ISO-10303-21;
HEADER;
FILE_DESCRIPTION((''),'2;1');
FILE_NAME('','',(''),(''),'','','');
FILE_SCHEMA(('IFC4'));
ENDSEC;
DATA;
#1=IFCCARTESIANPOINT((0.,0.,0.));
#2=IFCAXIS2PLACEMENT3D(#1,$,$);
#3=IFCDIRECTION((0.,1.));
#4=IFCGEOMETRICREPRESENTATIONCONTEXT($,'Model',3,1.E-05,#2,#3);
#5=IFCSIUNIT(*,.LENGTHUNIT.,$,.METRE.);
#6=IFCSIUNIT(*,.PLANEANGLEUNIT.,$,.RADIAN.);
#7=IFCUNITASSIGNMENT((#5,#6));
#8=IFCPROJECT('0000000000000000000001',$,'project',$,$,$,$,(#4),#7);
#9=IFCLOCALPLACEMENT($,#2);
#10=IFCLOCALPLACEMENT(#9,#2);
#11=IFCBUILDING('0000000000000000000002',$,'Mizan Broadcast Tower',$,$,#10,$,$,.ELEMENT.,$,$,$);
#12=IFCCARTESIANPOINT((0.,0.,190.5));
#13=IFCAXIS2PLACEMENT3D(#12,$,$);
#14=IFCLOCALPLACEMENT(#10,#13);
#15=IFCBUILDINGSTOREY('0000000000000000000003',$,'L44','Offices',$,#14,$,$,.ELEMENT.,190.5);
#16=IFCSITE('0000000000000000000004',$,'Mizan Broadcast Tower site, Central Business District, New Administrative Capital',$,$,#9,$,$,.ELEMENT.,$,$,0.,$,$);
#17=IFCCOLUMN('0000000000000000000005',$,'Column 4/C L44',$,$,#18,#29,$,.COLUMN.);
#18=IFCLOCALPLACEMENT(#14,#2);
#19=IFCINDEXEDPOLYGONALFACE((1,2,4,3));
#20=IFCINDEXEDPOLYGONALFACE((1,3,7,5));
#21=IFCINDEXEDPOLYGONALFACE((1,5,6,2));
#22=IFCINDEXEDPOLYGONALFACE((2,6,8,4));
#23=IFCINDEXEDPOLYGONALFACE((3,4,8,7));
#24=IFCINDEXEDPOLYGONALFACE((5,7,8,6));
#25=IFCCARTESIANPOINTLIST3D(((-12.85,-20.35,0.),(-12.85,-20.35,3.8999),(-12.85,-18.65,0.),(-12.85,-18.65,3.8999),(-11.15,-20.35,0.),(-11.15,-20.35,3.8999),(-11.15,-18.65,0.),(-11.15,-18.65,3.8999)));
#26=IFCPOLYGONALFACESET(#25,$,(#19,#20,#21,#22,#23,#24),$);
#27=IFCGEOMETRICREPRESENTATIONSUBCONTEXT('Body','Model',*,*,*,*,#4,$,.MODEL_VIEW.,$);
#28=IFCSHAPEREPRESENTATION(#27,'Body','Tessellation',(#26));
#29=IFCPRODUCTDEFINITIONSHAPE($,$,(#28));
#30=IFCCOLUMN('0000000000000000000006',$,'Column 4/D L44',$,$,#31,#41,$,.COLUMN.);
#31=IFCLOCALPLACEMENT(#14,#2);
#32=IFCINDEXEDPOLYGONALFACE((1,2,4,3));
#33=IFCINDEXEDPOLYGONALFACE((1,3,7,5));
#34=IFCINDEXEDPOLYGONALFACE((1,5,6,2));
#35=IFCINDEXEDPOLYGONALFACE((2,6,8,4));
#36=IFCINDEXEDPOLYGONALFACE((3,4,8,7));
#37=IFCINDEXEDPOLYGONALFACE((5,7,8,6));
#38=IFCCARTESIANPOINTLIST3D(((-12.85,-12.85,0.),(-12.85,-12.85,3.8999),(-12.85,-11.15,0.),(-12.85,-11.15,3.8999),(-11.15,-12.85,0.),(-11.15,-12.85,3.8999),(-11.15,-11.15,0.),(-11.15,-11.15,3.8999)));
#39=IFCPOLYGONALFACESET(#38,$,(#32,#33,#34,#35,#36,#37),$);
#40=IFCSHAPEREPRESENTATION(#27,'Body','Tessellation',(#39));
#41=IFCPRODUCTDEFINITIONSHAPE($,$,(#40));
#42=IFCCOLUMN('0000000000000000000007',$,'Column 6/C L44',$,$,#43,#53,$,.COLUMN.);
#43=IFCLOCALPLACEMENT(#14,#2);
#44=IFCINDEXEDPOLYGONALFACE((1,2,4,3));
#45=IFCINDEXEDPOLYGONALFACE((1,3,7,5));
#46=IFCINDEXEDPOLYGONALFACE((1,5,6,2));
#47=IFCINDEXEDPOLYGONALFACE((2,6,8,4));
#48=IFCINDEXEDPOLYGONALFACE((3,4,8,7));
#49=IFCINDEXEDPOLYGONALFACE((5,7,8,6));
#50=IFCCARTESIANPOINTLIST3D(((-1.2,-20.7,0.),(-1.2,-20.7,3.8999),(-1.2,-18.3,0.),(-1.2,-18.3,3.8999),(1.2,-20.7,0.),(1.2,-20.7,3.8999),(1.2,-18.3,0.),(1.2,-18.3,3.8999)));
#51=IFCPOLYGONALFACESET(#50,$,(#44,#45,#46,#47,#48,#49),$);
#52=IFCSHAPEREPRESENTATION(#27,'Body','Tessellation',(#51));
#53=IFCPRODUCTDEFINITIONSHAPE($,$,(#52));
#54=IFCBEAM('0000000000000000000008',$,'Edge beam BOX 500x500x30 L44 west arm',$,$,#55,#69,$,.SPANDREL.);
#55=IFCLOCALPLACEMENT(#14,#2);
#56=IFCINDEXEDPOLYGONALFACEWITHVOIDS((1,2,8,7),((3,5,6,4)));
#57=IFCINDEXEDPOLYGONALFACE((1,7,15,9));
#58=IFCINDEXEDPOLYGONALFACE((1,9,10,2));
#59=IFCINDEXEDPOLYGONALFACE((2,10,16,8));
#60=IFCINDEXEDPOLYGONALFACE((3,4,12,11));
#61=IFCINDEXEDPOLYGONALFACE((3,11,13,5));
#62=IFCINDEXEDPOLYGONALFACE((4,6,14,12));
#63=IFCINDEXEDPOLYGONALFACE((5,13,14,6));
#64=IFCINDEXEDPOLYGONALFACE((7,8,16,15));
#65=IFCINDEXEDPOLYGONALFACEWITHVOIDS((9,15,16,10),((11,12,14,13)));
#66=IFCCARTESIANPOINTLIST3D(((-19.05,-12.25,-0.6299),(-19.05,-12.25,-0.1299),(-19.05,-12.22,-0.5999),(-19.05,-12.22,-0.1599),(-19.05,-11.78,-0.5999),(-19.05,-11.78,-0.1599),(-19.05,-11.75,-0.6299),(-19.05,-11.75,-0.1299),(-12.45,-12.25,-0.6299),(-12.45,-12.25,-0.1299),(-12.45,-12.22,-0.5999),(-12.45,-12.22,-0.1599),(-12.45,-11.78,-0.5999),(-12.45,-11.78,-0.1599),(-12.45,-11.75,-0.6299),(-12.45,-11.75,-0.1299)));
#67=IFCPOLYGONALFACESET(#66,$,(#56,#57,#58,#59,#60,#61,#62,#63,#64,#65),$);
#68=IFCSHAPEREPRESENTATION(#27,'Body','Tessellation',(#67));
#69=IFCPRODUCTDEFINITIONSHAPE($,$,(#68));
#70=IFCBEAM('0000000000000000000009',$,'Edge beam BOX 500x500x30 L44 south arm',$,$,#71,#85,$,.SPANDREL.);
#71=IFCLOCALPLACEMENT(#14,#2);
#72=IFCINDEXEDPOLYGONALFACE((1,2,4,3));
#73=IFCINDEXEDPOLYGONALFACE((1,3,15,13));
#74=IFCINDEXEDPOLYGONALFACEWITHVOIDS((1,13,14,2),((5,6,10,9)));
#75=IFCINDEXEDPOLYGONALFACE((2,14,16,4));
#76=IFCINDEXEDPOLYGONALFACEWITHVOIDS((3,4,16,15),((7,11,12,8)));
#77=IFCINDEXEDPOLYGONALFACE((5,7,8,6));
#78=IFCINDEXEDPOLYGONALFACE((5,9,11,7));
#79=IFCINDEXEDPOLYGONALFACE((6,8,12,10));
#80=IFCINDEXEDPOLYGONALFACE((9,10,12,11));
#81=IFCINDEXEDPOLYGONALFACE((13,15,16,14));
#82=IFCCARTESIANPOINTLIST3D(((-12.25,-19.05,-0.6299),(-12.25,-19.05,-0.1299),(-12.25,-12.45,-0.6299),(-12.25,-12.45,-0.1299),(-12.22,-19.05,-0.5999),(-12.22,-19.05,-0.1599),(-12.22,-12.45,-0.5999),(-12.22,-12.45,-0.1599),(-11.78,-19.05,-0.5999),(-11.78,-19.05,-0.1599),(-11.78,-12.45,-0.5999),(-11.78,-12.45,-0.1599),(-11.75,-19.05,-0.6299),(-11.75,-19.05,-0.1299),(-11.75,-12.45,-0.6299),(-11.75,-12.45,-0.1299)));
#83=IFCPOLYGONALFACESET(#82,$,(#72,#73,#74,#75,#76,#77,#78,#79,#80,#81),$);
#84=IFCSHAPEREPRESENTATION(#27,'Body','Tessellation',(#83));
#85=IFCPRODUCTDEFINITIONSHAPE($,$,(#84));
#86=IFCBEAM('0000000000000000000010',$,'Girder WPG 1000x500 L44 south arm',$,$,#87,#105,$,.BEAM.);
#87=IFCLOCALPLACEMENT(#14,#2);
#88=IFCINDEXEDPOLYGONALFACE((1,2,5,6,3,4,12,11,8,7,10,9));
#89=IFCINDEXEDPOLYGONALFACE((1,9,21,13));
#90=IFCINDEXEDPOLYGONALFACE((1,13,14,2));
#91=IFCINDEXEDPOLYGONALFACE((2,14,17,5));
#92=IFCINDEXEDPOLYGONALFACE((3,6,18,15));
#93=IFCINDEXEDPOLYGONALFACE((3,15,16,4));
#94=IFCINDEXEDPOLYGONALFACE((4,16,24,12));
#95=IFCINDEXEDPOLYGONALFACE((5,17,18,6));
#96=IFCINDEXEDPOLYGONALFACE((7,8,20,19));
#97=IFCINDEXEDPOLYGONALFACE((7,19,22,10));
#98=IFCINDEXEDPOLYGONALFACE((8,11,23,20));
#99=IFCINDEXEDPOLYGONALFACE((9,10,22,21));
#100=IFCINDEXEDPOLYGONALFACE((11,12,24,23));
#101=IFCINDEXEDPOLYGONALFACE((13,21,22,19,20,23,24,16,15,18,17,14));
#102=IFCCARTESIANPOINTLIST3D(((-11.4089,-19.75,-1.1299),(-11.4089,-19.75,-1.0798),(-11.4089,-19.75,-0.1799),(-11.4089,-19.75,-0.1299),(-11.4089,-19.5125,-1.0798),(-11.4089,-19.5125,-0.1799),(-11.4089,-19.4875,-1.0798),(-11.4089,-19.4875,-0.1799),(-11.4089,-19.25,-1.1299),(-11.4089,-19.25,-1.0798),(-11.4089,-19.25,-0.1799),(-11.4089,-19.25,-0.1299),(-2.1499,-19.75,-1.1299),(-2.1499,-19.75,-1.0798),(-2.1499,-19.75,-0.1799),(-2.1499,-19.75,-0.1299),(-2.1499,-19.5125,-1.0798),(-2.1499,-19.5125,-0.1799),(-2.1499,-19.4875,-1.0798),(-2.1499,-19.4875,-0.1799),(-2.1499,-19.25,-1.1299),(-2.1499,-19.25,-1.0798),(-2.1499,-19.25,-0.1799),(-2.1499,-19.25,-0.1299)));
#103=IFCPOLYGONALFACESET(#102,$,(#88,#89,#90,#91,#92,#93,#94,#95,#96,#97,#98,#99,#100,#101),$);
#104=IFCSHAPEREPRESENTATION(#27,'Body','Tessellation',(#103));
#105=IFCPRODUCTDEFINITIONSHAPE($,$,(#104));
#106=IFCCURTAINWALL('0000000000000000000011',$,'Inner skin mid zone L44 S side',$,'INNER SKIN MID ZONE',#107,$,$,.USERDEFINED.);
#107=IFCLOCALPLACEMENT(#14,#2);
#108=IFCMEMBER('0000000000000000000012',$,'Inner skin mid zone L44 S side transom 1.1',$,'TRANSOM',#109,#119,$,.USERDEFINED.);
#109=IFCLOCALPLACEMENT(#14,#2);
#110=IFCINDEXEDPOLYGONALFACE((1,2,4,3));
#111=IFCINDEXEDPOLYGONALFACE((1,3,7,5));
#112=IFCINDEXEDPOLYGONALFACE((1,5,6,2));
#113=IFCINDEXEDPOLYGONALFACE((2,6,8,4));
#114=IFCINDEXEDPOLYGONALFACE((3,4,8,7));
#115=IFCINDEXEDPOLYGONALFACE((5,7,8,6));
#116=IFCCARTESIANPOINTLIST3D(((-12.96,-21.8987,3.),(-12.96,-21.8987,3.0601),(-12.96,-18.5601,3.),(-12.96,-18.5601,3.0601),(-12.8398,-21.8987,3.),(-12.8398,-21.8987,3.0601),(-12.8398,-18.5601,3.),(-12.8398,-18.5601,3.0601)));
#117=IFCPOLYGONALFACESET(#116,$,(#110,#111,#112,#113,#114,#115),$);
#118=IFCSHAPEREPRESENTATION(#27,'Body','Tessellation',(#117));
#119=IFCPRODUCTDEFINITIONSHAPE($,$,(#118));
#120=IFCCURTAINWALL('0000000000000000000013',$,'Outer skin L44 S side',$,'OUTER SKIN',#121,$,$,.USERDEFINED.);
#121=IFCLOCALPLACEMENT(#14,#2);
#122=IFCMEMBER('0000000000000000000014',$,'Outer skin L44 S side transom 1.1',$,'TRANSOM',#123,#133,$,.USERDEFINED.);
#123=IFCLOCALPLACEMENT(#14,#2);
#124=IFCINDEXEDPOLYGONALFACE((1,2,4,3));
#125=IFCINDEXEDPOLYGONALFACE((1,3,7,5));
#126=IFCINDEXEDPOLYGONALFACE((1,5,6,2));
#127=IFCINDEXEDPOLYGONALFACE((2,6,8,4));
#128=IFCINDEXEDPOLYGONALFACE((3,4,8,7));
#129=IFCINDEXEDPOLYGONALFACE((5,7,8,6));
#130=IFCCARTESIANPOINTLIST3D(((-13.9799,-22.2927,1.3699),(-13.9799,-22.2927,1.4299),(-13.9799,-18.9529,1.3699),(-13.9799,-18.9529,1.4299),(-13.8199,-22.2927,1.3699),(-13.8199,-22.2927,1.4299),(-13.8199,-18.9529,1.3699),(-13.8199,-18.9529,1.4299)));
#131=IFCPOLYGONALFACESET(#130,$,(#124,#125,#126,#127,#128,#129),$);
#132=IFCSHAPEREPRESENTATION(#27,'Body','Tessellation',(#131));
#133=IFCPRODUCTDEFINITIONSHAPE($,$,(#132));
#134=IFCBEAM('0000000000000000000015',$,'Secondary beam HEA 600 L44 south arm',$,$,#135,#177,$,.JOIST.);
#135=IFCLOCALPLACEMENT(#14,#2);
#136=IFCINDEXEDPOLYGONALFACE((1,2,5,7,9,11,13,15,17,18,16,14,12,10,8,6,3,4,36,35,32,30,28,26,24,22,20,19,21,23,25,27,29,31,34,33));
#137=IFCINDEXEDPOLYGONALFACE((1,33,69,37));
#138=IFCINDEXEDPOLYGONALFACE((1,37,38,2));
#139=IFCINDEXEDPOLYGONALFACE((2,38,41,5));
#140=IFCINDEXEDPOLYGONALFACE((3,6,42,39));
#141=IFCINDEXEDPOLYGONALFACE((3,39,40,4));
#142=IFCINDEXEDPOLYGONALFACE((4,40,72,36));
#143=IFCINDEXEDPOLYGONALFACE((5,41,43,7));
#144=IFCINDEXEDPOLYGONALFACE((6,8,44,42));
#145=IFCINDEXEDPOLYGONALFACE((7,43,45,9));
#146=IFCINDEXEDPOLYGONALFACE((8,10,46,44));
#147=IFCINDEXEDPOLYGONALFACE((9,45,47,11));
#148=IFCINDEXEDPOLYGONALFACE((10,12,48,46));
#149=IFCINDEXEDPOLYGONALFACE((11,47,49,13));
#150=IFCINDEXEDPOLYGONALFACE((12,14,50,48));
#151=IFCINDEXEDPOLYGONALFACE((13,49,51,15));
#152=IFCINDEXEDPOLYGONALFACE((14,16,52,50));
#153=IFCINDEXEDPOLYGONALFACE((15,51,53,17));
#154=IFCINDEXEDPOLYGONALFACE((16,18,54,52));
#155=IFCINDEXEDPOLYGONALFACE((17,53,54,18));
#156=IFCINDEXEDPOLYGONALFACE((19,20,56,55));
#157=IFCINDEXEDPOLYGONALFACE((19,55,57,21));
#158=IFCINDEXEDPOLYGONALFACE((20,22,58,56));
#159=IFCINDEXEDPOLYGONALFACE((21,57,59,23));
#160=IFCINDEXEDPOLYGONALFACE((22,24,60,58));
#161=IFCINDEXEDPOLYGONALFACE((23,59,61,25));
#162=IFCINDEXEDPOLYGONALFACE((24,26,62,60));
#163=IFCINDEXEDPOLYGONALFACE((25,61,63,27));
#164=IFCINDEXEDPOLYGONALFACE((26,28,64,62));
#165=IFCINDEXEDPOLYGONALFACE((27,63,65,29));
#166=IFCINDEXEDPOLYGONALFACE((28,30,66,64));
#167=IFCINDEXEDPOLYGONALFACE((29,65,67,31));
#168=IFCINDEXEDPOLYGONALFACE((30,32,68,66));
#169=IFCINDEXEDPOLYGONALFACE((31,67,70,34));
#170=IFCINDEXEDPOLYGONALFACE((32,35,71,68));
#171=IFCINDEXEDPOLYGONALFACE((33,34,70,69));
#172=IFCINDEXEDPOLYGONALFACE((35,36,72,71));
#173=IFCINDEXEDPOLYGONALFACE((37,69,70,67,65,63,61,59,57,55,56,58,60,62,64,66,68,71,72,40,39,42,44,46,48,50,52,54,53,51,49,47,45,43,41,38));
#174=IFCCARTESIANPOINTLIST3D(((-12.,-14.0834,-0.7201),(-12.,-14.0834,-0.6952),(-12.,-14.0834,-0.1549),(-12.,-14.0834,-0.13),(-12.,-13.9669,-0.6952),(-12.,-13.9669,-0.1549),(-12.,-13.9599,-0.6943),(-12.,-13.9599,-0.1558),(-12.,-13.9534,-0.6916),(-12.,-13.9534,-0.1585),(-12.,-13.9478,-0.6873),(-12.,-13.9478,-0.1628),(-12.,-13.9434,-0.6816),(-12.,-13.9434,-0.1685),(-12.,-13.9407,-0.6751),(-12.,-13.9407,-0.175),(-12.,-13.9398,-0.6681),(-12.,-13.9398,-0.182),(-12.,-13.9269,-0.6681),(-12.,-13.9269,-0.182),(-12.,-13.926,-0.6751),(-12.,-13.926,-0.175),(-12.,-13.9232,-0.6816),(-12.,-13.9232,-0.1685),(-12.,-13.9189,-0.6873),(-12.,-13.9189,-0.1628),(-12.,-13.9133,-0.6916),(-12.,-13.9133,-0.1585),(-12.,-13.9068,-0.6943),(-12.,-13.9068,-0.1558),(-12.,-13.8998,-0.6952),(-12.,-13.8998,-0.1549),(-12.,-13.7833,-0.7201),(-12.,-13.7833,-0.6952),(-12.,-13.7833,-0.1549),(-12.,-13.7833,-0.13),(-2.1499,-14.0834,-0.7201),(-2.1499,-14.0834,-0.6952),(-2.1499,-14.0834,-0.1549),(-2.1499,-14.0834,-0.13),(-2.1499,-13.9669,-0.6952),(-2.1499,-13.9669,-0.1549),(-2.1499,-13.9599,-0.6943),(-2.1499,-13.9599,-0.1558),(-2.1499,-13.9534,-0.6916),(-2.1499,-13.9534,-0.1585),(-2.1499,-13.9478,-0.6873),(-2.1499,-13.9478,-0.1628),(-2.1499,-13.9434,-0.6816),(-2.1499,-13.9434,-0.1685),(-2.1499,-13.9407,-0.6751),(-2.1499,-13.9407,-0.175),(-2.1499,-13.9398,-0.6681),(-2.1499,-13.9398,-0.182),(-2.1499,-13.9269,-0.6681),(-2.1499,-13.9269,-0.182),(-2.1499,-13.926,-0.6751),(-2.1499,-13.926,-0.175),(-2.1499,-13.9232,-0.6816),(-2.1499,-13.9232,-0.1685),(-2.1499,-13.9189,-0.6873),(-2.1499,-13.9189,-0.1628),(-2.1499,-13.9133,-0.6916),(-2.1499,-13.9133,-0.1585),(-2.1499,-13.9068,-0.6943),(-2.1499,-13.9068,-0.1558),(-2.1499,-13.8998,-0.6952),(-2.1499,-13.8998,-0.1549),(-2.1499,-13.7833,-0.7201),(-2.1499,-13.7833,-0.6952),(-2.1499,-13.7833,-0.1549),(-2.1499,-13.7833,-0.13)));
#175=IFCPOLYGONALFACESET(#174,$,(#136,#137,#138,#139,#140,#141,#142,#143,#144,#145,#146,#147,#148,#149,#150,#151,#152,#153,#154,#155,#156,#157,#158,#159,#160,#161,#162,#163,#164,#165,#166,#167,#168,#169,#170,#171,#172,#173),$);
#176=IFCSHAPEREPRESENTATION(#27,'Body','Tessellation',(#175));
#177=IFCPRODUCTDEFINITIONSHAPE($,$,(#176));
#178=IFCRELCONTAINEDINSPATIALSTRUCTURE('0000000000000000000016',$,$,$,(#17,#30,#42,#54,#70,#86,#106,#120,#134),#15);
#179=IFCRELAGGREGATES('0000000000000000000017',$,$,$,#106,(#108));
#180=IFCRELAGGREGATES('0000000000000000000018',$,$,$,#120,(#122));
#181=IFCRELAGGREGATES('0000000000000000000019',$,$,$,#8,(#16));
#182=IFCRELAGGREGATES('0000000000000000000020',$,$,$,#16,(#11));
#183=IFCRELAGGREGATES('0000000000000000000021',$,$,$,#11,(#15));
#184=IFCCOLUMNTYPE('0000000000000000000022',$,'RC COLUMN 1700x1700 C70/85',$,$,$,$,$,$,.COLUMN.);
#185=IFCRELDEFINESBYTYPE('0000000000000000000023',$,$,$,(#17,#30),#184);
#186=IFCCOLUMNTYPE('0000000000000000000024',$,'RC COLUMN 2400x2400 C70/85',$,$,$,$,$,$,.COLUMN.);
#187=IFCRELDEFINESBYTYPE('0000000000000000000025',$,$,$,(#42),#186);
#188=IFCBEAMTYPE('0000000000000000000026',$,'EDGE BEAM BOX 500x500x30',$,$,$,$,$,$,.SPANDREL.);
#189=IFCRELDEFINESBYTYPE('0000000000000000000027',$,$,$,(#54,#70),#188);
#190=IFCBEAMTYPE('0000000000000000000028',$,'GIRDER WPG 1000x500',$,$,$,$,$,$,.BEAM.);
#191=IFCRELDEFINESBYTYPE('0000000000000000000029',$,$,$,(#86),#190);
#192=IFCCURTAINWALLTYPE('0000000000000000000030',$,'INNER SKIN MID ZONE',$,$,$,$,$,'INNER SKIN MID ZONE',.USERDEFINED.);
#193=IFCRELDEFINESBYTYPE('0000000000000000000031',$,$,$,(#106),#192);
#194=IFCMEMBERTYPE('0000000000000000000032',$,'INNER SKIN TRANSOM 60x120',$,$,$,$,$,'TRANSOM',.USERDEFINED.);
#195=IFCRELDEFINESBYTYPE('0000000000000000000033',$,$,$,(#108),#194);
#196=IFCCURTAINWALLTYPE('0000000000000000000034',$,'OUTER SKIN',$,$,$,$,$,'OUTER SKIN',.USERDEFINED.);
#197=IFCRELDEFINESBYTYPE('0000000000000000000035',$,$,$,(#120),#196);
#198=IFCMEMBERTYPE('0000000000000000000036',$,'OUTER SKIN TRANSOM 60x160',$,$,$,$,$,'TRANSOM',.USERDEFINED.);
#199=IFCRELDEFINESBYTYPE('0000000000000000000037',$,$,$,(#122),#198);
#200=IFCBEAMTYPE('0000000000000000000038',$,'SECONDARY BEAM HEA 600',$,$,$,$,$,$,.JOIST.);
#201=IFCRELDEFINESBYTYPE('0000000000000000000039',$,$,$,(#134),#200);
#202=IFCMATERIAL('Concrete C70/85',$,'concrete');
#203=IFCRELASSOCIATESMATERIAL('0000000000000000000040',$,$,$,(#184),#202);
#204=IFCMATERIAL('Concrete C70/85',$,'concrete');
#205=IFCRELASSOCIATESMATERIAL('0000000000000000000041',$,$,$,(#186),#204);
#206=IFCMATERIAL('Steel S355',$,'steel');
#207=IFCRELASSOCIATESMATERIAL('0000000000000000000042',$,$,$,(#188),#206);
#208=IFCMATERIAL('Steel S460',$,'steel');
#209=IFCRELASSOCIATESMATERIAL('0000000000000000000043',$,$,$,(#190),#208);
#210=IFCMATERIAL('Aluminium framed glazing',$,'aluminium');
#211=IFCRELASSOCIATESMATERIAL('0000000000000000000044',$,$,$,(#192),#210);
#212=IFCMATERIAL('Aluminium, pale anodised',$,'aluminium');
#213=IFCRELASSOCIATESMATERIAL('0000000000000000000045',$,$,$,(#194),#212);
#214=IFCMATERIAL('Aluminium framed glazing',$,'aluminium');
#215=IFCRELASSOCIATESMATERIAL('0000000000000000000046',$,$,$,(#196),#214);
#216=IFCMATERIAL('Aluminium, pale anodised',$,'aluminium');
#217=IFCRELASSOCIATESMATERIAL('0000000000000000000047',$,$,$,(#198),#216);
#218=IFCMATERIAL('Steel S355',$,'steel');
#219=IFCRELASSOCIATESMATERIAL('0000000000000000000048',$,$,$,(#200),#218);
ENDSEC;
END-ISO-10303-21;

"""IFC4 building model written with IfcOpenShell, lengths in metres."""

from ifc_helpers import new_model, si_unit, direction, frame, origin, origin_2d, place, context, subcontext, project, spatial, rectangle, hollow_rectangle, i_section, extrude, material, material_profile, profile_set, type_object, element, aggregate, save


model = new_model("IFC4")

# Units and contexts
model_context = context("Model", 3, precision=1e-05, world=origin(), true_north=direction((0.0, 1.0)))
body_context = subcontext(model_context, "Body", "Model", "MODEL_VIEW")
ifc_project = project(units=[si_unit("LENGTHUNIT", "METRE"), si_unit("PLANEANGLEUNIT", "RADIAN")], contexts=[model_context])

# Site, building, storey
site_placement = place(None, origin())
site = spatial("IfcSite", under=ifc_project, at=site_placement, Name="Mizan Broadcast Tower site, Central Business District, New Administrative Capital", CompositionType="ELEMENT", RefElevation=0.0)
building_placement = place(site_placement, origin())
building = spatial("IfcBuilding", under=site, at=building_placement, Name="Mizan Broadcast Tower", CompositionType="ELEMENT")
storey_placement = place(building_placement, frame((0.0, 0.0, 190.5)))
storey = spatial("IfcBuildingStorey", under=building, at=storey_placement, Name="L44", Description="Offices", CompositionType="ELEMENT", Elevation=190.5)

# Columns
ifc_material_1 = material(Name="Concrete C70/85", Category="concrete")
ifc_material_profile_1 = material_profile(ifc_material_1, rectangle(XDim=1.7, YDim=1.7, at=origin_2d()), Name="RC 1700x1700")
ifc_profile_set_1 = profile_set([ifc_material_profile_1], Name="Concrete C70/85")
column_type_1 = type_object("IfcColumnType", Name="RC COLUMN 1700x1700 C70/85", PredefinedType="COLUMN", material=ifc_profile_set_1)
for number, where, z_axis, x_axis, name in (
    (1, (-12.0, -19.5, 0.0), (0.0, 0.0, 1.0), (1.0, 0.0, 0.0), "Column 4/C L44"),
    (2, (-12.0, -12.0, 0.0), (0.0, 0.0, 1.0), (1.0, 0.0, 0.0), "Column 4/D L44"),
):
    element("IfcColumn", number, at=place(storey_placement, frame(where, z_axis=z_axis, x_axis=x_axis)), inside=storey, type_object=column_type_1, Name=name, PredefinedType="COLUMN", context=body_context, shape_type="SweptSolid", body=[
        extrude(rectangle(XDim=1.7, YDim=1.7, at=origin_2d()), origin(), (0.0, 0.0, 1.0), 3.8999),
    ])
ifc_material_2 = material(Name="Concrete C70/85", Category="concrete")
ifc_material_profile_2 = material_profile(ifc_material_2, rectangle(XDim=2.3999, YDim=2.3999, at=origin_2d()), Name="RC 2400x2400")
ifc_profile_set_2 = profile_set([ifc_material_profile_2], Name="Concrete C70/85")
column_type_2 = type_object("IfcColumnType", Name="RC COLUMN 2400x2400 C70/85", PredefinedType="COLUMN", material=ifc_profile_set_2)
column_placement = place(storey_placement, frame((0.0, -19.5, 0.0), z_axis=(0.0, 0.0, 1.0), x_axis=(1.0, 0.0, 0.0)))
element("IfcColumn", 3, at=column_placement, inside=storey, type_object=column_type_2, Name="Column 6/C L44", PredefinedType="COLUMN", context=body_context, shape_type="SweptSolid", body=[
    extrude(rectangle(XDim=2.3999, YDim=2.3999, at=origin_2d()), origin(), (0.0, 0.0, 1.0), 3.8999),
])

# Beams
ifc_material_3 = material(Name="Steel S355", Category="steel")
ifc_material_profile_3 = material_profile(ifc_material_3, hollow_rectangle(XDim=0.5, YDim=0.5, WallThickness=0.03, at=origin_2d()), Name="BOX 500x500x30")
ifc_profile_set_3 = profile_set([ifc_material_profile_3], Name="Steel S355")
beam_type_1 = type_object("IfcBeamType", Name="EDGE BEAM BOX 500x500x30", PredefinedType="SPANDREL", material=ifc_profile_set_3)
for number, where, z_axis, x_axis, name in (
    (4, (-12.45, -12.0, -0.3799), (-1.0, 0.0, 0.0), (0.0, -1.0, 0.0), "Edge beam BOX 500x500x30 L44 west arm"),
    (5, (-12.0, -12.45, -0.3799), (0.0, -1.0, 0.0), (1.0, 0.0, 0.0), "Edge beam BOX 500x500x30 L44 south arm"),
):
    element("IfcBeam", number, at=place(storey_placement, frame(where, z_axis=z_axis, x_axis=x_axis)), inside=storey, type_object=beam_type_1, Name=name, PredefinedType="SPANDREL", context=body_context, shape_type="SweptSolid", body=[
        extrude(hollow_rectangle(XDim=0.5, YDim=0.5, WallThickness=0.03, at=origin_2d()), origin(), (0.0, 0.0, 1.0), 6.6001),
    ])
ifc_material_4 = material(Name="Steel S460", Category="steel")
ifc_material_profile_4 = material_profile(ifc_material_4, i_section(OverallWidth=0.5, OverallDepth=1.0, WebThickness=0.0249, FlangeThickness=0.05, at=origin_2d()), Name="WPG 1000x500")
ifc_profile_set_4 = profile_set([ifc_material_profile_4], Name="Steel S460")
beam_type_2 = type_object("IfcBeamType", Name="GIRDER WPG 1000x500", PredefinedType="BEAM", material=ifc_profile_set_4)
beam_1_placement = place(storey_placement, frame((-11.4089, -19.5, -0.6299), z_axis=(1.0, 0.0, 0.0), x_axis=(0.0, 1.0, 0.0)))
element("IfcBeam", 6, at=beam_1_placement, inside=storey, type_object=beam_type_2, Name="Girder WPG 1000x500 L44 south arm", PredefinedType="BEAM", context=body_context, shape_type="SweptSolid", body=[
    extrude(i_section(OverallWidth=0.5, OverallDepth=1.0, WebThickness=0.0249, FlangeThickness=0.05, at=origin_2d()), origin(), (0.0, 0.0, 1.0), 9.259),
])

# Curtain walls, members
ifc_material_5 = material(Name="Aluminium framed glazing", Category="aluminium")
curtain_wall_type_1 = type_object("IfcCurtainWallType", Name="INNER SKIN MID ZONE", ElementType="INNER SKIN MID ZONE", PredefinedType="USERDEFINED", material=ifc_material_5)
curtain_wall_1_placement = place(storey_placement, origin())
curtain_wall_1 = element("IfcCurtainWall", 7, at=curtain_wall_1_placement, inside=storey, type_object=curtain_wall_type_1, Name="Inner skin mid zone L44 S side", ObjectType="INNER SKIN MID ZONE", PredefinedType="USERDEFINED")
ifc_material_6 = material(Name="Aluminium, pale anodised", Category="aluminium")
ifc_material_profile_5 = material_profile(ifc_material_6, rectangle(XDim=0.1201, YDim=0.0601, at=origin_2d()), Name="TRANSOM 120x60")
ifc_profile_set_5 = profile_set([ifc_material_profile_5], Name="Aluminium, pale anodised")
member_type_1 = type_object("IfcMemberType", Name="INNER SKIN TRANSOM 60x120", ElementType="TRANSOM", PredefinedType="USERDEFINED", material=ifc_profile_set_5)
member_1_placement = place(storey_placement, frame((-12.8999, -18.5601, 3.03), z_axis=(0.0, -1.0, 0.0), x_axis=(1.0, 0.0, 0.0)))
member_1 = element("IfcMember", 8, at=member_1_placement, type_object=member_type_1, Name="Inner skin mid zone L44 S side transom 1.1", ObjectType="TRANSOM", PredefinedType="USERDEFINED", context=body_context, shape_type="SweptSolid", body=[
    extrude(rectangle(XDim=0.1201, YDim=0.0601, at=origin_2d()), origin(), (0.0, 0.0, 1.0), 3.3386),
])
aggregate(curtain_wall_1, [member_1])
ifc_material_7 = material(Name="Aluminium framed glazing", Category="aluminium")
curtain_wall_type_2 = type_object("IfcCurtainWallType", Name="OUTER SKIN", ElementType="OUTER SKIN", PredefinedType="USERDEFINED", material=ifc_material_7)
curtain_wall_2_placement = place(storey_placement, origin())
curtain_wall_2 = element("IfcCurtainWall", 9, at=curtain_wall_2_placement, inside=storey, type_object=curtain_wall_type_2, Name="Outer skin L44 S side", ObjectType="OUTER SKIN", PredefinedType="USERDEFINED")
ifc_material_8 = material(Name="Aluminium, pale anodised", Category="aluminium")
ifc_material_profile_6 = material_profile(ifc_material_8, rectangle(XDim=0.1599, YDim=0.0601, at=origin_2d()), Name="TRANSOM 160x60")
ifc_profile_set_6 = profile_set([ifc_material_profile_6], Name="Aluminium, pale anodised")
member_type_2 = type_object("IfcMemberType", Name="OUTER SKIN TRANSOM 60x160", ElementType="TRANSOM", PredefinedType="USERDEFINED", material=ifc_profile_set_6)
member_2_placement = place(storey_placement, frame((-13.8999, -18.9529, 1.3999), z_axis=(0.0, -1.0, 0.0), x_axis=(1.0, 0.0, 0.0)))
member_2 = element("IfcMember", 10, at=member_2_placement, type_object=member_type_2, Name="Outer skin L44 S side transom 1.1", ObjectType="TRANSOM", PredefinedType="USERDEFINED", context=body_context, shape_type="SweptSolid", body=[
    extrude(rectangle(XDim=0.1599, YDim=0.0601, at=origin_2d()), origin(), (0.0, 0.0, 1.0), 3.3398),
])
aggregate(curtain_wall_2, [member_2])

# Beam
ifc_material_9 = material(Name="Steel S355", Category="steel")
ifc_material_profile_7 = material_profile(ifc_material_9, i_section(OverallWidth=0.3, OverallDepth=0.5901, WebThickness=0.0129, FlangeThickness=0.0249, FilletRadius=0.0271, at=origin_2d()), Name="HEA 600")
ifc_profile_set_7 = profile_set([ifc_material_profile_7], Name="Steel S355")
beam_type_3 = type_object("IfcBeamType", Name="SECONDARY BEAM HEA 600", PredefinedType="JOIST", material=ifc_profile_set_7)
for number, where, z_axis, x_axis, name in (
    (11, (-12.0, -13.9333, -0.425), (1.0, 0.0, 0.0), (0.0, 1.0, 0.0), "Secondary beam HEA 600 L44 south arm"),
):
    element("IfcBeam", number, at=place(storey_placement, frame(where, z_axis=z_axis, x_axis=x_axis)), inside=storey, type_object=beam_type_3, Name=name, PredefinedType="JOIST", context=body_context, shape_type="SweptSolid", body=[
        extrude(i_section(OverallWidth=0.3, OverallDepth=0.5901, WebThickness=0.0129, FlangeThickness=0.0249, FilletRadius=0.0271, at=origin_2d()), origin(), (0.0, 0.0, 1.0), 9.8501),
    ])

save(model, "model.ifc")
